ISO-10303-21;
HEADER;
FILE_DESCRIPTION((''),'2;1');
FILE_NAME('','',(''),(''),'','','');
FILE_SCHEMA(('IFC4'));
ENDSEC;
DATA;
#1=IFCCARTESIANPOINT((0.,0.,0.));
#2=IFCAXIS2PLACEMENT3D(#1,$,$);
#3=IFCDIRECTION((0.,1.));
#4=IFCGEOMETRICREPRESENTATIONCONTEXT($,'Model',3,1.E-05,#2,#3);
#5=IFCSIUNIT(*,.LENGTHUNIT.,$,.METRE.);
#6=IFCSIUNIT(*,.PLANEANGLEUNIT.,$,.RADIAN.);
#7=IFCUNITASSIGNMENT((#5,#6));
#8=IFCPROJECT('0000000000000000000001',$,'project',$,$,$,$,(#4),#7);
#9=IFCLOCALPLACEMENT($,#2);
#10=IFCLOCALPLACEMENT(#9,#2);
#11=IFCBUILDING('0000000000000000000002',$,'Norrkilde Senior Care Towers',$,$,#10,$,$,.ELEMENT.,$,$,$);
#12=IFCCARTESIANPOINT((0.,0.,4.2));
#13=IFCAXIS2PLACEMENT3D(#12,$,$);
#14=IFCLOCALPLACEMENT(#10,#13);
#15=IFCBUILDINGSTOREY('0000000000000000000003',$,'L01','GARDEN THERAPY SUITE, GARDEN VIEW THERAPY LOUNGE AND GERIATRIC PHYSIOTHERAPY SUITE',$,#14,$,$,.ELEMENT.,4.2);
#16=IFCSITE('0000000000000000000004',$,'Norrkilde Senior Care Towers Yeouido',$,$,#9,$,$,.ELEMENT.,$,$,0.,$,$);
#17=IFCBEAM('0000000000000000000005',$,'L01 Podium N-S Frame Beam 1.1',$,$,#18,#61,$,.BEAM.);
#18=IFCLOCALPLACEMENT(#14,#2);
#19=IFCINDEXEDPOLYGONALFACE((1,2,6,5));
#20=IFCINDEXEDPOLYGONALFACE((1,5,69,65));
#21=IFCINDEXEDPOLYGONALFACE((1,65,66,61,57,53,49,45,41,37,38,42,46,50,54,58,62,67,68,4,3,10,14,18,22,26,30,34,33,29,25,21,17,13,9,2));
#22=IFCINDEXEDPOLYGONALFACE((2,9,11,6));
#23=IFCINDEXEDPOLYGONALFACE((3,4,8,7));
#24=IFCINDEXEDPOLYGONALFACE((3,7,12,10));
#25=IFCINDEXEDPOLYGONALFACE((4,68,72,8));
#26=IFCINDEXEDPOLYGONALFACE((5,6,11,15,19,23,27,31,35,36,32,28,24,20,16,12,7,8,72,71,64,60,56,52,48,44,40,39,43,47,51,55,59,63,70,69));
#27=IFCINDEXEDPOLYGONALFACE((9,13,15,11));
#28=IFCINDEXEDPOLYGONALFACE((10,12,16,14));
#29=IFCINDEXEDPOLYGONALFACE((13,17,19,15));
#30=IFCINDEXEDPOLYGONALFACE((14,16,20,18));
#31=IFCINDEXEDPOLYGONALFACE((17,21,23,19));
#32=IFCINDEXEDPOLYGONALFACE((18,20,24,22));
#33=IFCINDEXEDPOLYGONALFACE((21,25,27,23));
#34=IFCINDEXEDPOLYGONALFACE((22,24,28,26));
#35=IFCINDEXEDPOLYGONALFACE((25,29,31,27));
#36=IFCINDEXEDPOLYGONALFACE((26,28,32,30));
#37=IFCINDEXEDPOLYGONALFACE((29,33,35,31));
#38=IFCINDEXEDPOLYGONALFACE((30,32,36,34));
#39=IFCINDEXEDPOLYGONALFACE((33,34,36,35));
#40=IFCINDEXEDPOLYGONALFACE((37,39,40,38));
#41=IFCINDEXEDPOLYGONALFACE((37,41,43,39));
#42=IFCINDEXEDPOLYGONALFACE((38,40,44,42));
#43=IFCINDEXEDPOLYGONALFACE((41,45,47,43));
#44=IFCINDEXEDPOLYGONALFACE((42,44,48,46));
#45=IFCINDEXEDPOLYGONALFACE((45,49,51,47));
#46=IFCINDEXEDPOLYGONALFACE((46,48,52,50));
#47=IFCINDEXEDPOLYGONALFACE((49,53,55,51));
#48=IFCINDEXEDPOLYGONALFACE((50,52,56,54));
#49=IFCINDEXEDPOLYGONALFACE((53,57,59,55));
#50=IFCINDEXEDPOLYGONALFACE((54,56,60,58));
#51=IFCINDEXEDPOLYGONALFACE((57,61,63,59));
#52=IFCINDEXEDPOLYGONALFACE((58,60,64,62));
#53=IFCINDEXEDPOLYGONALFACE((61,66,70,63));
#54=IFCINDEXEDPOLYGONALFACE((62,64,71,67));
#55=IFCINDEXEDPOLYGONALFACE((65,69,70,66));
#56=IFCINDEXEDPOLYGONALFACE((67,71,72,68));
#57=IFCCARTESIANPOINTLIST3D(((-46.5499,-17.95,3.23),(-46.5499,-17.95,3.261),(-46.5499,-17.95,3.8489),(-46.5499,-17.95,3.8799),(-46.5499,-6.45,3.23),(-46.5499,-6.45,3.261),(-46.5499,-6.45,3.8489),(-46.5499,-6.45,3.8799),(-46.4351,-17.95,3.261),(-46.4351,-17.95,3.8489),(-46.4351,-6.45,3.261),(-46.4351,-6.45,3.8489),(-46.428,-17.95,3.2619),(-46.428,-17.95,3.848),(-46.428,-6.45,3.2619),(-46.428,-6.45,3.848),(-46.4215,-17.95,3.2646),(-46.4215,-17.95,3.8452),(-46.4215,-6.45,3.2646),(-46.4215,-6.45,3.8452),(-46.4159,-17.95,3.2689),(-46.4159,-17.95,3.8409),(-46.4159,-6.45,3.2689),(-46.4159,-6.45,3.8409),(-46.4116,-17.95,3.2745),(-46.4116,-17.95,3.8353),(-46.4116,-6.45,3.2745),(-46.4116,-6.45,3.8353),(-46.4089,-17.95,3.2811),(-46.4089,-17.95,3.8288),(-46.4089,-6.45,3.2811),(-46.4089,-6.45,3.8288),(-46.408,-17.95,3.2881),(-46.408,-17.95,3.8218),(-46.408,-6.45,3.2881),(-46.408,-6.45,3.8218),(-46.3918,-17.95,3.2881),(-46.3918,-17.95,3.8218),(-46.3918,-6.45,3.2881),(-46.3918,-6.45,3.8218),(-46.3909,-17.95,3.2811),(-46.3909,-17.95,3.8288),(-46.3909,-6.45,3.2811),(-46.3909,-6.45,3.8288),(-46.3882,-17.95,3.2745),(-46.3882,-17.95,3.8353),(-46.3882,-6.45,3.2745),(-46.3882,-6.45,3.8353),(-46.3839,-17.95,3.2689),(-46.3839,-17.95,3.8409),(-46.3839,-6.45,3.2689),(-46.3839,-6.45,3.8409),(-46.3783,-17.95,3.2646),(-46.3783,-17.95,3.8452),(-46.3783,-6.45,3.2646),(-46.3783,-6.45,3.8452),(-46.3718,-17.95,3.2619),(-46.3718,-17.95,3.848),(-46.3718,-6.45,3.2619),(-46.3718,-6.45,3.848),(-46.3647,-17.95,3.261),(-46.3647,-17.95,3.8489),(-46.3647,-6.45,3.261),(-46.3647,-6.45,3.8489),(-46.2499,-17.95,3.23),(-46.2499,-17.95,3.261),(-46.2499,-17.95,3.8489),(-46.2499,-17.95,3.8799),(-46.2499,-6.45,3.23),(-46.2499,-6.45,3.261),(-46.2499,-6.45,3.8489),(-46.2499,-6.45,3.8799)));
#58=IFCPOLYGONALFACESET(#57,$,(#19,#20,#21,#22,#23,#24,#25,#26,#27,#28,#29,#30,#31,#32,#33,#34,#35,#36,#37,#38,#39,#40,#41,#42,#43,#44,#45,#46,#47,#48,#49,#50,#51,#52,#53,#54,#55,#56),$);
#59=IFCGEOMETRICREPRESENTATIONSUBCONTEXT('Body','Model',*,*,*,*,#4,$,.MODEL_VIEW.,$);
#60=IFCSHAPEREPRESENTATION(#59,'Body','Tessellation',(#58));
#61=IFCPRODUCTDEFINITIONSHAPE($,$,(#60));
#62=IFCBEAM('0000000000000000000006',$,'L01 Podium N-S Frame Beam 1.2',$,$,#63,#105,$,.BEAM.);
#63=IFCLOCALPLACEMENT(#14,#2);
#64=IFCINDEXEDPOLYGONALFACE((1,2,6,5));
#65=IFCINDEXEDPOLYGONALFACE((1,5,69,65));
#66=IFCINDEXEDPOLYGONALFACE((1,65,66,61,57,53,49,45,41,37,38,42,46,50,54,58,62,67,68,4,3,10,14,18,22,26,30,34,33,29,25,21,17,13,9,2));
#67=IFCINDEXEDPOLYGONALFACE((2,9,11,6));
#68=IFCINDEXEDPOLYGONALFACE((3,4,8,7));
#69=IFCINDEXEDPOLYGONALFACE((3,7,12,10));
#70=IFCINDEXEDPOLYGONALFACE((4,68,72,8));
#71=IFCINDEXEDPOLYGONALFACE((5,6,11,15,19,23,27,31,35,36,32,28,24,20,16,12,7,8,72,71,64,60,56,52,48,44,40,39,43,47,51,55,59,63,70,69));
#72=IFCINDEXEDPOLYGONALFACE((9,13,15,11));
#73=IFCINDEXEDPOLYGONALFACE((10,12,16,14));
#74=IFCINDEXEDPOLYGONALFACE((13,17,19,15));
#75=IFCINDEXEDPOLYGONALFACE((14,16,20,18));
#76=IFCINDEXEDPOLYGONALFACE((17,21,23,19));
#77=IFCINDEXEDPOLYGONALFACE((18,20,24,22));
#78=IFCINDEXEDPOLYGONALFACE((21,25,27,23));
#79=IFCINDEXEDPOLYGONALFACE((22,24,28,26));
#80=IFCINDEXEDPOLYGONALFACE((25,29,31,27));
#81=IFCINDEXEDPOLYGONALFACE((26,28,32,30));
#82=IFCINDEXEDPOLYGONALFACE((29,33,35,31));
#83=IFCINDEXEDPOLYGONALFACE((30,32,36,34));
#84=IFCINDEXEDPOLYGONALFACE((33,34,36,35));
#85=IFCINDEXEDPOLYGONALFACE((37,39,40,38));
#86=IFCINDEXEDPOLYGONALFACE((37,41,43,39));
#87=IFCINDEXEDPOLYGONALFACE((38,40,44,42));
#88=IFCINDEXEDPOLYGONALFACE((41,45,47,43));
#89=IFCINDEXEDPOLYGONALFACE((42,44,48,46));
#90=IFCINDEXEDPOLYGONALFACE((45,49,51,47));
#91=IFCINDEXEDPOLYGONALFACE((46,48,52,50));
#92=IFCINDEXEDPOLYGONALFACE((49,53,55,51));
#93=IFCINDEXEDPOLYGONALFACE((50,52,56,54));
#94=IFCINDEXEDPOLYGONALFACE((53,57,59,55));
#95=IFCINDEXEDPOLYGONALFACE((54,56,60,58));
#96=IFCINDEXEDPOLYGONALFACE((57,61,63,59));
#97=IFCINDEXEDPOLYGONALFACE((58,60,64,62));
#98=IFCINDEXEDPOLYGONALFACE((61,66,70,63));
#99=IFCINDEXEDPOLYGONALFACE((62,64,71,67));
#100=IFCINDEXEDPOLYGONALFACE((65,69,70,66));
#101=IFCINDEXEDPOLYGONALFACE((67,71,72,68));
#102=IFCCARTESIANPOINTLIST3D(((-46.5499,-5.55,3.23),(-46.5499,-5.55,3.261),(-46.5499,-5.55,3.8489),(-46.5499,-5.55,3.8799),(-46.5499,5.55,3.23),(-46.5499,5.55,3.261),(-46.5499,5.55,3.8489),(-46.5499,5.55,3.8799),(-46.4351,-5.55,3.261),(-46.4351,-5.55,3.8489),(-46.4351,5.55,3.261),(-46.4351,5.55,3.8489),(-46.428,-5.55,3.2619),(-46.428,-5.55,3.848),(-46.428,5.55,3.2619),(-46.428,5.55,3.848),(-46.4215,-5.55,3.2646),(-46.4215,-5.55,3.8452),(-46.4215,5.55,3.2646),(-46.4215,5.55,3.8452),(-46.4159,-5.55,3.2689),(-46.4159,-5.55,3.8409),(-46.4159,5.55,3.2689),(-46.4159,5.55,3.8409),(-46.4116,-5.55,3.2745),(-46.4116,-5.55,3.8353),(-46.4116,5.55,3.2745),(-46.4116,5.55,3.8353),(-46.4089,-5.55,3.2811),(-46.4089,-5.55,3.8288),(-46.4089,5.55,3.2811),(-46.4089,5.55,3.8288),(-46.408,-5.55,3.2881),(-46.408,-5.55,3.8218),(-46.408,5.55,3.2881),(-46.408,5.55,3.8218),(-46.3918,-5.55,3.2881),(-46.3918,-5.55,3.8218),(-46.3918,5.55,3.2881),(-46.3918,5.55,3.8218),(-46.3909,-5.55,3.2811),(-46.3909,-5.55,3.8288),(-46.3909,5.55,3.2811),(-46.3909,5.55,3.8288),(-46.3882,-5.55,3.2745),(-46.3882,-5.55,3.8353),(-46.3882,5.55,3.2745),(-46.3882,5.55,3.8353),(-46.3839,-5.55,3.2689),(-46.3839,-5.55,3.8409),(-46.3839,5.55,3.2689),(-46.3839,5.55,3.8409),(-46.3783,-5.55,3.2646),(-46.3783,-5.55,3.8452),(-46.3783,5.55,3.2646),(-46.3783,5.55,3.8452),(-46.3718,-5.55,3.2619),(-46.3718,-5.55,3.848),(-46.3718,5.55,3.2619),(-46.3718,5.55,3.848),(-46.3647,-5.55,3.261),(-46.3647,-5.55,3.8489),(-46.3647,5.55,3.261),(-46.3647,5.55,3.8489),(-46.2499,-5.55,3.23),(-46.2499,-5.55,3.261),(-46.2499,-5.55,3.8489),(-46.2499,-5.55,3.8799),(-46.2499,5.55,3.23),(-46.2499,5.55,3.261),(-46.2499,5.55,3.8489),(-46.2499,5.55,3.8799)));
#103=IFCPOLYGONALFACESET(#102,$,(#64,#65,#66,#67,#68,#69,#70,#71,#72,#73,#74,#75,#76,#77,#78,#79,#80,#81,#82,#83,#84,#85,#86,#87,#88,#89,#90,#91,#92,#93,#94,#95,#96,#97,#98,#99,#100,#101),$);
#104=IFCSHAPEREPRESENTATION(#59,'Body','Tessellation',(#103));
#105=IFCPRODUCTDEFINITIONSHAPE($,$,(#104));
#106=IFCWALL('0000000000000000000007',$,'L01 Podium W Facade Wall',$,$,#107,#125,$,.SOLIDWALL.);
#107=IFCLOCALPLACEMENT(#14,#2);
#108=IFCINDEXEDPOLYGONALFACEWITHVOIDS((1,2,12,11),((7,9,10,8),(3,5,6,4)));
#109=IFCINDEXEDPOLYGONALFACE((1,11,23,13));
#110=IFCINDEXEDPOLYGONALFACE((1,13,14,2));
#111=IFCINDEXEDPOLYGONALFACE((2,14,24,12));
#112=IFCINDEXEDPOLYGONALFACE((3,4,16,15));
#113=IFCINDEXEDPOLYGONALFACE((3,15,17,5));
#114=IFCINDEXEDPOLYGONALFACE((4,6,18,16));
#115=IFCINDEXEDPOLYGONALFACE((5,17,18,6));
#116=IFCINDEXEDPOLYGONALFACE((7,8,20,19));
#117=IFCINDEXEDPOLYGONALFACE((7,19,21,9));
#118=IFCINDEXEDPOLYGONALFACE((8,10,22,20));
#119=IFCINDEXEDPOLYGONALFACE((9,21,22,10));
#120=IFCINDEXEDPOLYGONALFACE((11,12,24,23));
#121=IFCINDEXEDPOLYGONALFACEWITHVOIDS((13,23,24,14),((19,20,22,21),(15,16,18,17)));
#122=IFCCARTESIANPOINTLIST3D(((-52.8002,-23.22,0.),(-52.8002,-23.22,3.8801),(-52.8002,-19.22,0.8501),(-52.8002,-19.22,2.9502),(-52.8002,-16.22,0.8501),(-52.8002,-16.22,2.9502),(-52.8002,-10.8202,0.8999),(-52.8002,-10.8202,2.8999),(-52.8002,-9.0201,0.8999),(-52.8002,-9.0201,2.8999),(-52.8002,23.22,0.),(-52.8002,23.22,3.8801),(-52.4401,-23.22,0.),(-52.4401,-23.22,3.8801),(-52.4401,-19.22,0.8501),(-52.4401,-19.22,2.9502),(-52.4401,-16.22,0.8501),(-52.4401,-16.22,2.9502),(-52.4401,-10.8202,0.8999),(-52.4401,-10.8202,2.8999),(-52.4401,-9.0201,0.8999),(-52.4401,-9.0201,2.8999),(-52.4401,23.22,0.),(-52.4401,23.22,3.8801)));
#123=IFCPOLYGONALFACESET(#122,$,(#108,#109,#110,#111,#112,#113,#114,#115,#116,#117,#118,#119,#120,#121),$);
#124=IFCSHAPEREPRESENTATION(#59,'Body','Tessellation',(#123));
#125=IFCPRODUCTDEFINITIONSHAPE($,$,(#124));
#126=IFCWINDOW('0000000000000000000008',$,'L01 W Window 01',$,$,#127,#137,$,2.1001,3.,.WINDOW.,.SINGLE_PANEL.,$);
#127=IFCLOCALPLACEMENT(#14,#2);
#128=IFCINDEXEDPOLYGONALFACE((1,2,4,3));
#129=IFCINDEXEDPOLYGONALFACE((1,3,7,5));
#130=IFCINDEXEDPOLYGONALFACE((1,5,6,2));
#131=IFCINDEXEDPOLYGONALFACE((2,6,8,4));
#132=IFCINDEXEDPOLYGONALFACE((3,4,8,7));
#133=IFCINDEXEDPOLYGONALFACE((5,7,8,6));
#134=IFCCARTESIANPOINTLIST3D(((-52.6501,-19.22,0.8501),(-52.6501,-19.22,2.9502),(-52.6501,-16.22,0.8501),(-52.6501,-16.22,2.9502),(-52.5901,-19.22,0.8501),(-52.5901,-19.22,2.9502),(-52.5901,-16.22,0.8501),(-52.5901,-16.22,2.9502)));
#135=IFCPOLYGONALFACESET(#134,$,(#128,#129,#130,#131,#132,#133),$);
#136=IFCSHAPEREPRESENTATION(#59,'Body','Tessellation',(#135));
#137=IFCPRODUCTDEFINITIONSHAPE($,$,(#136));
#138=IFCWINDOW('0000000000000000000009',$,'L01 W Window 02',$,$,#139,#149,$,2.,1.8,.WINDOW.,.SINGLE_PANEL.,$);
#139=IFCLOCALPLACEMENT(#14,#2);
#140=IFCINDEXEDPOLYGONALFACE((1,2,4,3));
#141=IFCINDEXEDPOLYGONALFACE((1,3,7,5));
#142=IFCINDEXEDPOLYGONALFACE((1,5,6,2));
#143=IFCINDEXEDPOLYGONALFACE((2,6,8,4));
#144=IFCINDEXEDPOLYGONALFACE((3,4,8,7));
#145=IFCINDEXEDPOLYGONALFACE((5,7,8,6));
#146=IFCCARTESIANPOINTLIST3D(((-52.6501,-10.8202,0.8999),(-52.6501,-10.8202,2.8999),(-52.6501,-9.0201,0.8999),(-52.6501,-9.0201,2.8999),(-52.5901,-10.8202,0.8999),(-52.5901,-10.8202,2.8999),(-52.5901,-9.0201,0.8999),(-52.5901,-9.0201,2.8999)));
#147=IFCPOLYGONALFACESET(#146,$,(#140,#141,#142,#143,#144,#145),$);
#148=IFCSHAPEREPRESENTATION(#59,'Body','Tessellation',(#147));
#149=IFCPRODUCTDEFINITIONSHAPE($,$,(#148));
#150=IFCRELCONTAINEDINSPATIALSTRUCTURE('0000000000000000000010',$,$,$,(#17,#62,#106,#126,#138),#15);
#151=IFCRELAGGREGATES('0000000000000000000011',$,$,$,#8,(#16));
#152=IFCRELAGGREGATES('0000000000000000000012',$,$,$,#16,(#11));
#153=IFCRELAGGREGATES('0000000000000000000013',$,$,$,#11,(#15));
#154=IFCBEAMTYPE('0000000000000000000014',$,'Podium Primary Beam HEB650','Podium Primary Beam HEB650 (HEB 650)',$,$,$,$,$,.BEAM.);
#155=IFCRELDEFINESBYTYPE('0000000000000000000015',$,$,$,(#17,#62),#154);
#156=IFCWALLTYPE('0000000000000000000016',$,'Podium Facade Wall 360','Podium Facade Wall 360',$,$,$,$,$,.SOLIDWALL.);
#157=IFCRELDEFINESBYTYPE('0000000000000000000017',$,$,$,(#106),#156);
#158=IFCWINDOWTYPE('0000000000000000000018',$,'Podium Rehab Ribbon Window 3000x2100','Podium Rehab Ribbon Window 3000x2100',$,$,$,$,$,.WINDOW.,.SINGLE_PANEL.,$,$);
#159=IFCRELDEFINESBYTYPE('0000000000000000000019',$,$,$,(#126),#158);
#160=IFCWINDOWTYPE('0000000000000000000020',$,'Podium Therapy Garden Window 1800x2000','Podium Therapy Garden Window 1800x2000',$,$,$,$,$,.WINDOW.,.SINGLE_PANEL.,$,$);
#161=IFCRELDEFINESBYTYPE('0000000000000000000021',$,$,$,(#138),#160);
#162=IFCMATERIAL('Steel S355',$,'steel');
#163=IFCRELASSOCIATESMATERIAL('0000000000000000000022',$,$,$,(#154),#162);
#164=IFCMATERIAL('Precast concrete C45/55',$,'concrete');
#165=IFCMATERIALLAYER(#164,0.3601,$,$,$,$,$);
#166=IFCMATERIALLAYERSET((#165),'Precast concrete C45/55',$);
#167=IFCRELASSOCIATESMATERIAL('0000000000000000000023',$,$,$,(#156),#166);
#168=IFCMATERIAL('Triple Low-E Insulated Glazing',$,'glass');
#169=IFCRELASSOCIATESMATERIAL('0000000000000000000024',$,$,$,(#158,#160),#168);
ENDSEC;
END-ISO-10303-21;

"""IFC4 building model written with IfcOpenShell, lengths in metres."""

from ifc_helpers import new_model, si_unit, direction, frame, frame_2d, origin, origin_2d, place, context, subcontext, project, spatial, rectangle, i_section, extrude, source, transform, mapped, material, layer, layer_set, material_profile, profile_set, type_object, type_shapes, element, fill, save


model = new_model("IFC4")

# Units and contexts
model_context = context("Model", 3, precision=1e-05, world=origin(), true_north=direction((0.0, 1.0)))
body_context = subcontext(model_context, "Body", "Model", "MODEL_VIEW")
ifc_project = project(units=[si_unit("LENGTHUNIT", "METRE"), si_unit("PLANEANGLEUNIT", "RADIAN")], contexts=[model_context])

# Site, building, storey
site_placement = place(None, origin())
site = spatial("IfcSite", under=ifc_project, at=site_placement, Name="Norrkilde Senior Care Towers Yeouido", CompositionType="ELEMENT", RefElevation=0.0)
building_placement = place(site_placement, origin())
building = spatial("IfcBuilding", under=site, at=building_placement, Name="Norrkilde Senior Care Towers", CompositionType="ELEMENT")
storey_placement = place(building_placement, frame((0.0, 0.0, 4.2)))
storey = spatial("IfcBuildingStorey", under=building, at=storey_placement, Name="L01", Description="GARDEN THERAPY SUITE, GARDEN VIEW THERAPY LOUNGE AND GERIATRIC PHYSIOTHERAPY SUITE", CompositionType="ELEMENT", Elevation=4.2)

# Beams
ifc_material_1 = material(Name="Steel S355", Category="steel")
ifc_material_profile_1 = material_profile(ifc_material_1, i_section(OverallWidth=0.3, OverallDepth=0.6499, WebThickness=0.0161, FlangeThickness=0.031, FilletRadius=0.0271, at=origin_2d()), Name="HEB 650")
ifc_profile_set_1 = profile_set([ifc_material_profile_1], Name="Steel S355")
beam_type_1 = type_object("IfcBeamType", Name="Podium Primary Beam HEB650", Description="Podium Primary Beam HEB650 (HEB 650)", PredefinedType="BEAM", material=ifc_profile_set_1)
shared_shape_1 = source(origin(), body_context, "Body", "SweptSolid", [
    extrude(i_section(OverallWidth=0.3, OverallDepth=0.6499, WebThickness=0.0161, FlangeThickness=0.031, FilletRadius=0.0271, at=origin_2d()), origin(), (0.0, 0.0, 1.0), 11.5),
])
beam_1_placement = place(storey_placement, frame((-46.3999, -17.95, 3.5549), z_axis=(0.0, 1.0, 0.0), x_axis=(-1.0, 0.0, 0.0)))
element("IfcBeam", 1, at=beam_1_placement, inside=storey, type_object=beam_type_1, Name="L01 Podium N-S Frame Beam 1.1", PredefinedType="BEAM", context=body_context, shape_type="MappedRepresentation", body=[
    mapped(shared_shape_1, transform((0.0, 0.0, 0.0), x_axis=(1.0, 0.0, 0.0), y_axis=(0.0, 1.0, 0.0), z_axis=(0.0, 0.0, 1.0), scale=1.0)),
])
shared_shape_2 = source(origin(), body_context, "Body", "SweptSolid", [
    extrude(i_section(OverallWidth=0.3, OverallDepth=0.6499, WebThickness=0.0161, FlangeThickness=0.031, FilletRadius=0.0271, at=origin_2d()), origin(), (0.0, 0.0, 1.0), 11.1001),
])
beam_2_placement = place(storey_placement, frame((-46.3999, -5.55, 3.5549), z_axis=(0.0, 1.0, 0.0), x_axis=(-1.0, 0.0, 0.0)))
element("IfcBeam", 2, at=beam_2_placement, inside=storey, type_object=beam_type_1, Name="L01 Podium N-S Frame Beam 1.2", PredefinedType="BEAM", context=body_context, shape_type="MappedRepresentation", body=[
    mapped(shared_shape_2, transform((0.0, 0.0, 0.0), x_axis=(1.0, 0.0, 0.0), y_axis=(0.0, 1.0, 0.0), z_axis=(0.0, 0.0, 1.0), scale=1.0)),
])

# Wall, openings, windows
ifc_material_2 = material(Name="Precast concrete C45/55", Category="concrete")
ifc_layer_1 = layer(ifc_material_2, 0.3601)
ifc_layer_set_1 = layer_set([ifc_layer_1], Name="Precast concrete C45/55")
wall_type_1 = type_object("IfcWallType", Name="Podium Facade Wall 360", Description="Podium Facade Wall 360", PredefinedType="SOLIDWALL", material=ifc_layer_set_1)
shared_shape_3 = source(origin(), body_context, "Body", "SweptSolid", [
    extrude(rectangle(XDim=46.4399, YDim=0.3601, at=frame_2d((23.22, 0.0))), origin(), (0.0, 0.0, 1.0), 3.8801),
])
type_shapes(wall_type_1, [shared_shape_3])
wall_1_placement = place(storey_placement, frame((-52.6201, -23.22, 0.0), z_axis=(0.0, 0.0, 1.0), x_axis=(0.0, 1.0, 0.0)))
wall_1 = element("IfcWall", 3, at=wall_1_placement, inside=storey, type_object=wall_type_1, Name="L01 Podium W Facade Wall", PredefinedType="SOLIDWALL", context=body_context, shape_type="MappedRepresentation", body=[
    mapped(shared_shape_3, transform((0.0, 0.0, 0.0), x_axis=(1.0, 0.0, 0.0), y_axis=(0.0, 1.0, 0.0), z_axis=(0.0, 0.0, 1.0), scale=1.0)),
])
opening_1_placement = place(wall_1_placement, frame((4.0, 0.0, 0.8501)))
opening_1 = element("IfcOpeningElement", 4, at=opening_1_placement, cuts=wall_1, PredefinedType="OPENING", context=body_context, shape_type="SweptSolid", body=[
    extrude(rectangle(XDim=3.0, YDim=2.1001, at=frame_2d((1.5, 1.05))), frame((0.0, 0.1899, 0.0), z_axis=(0.0, -1.0, 0.0), x_axis=(1.0, 0.0, 0.0)), (0.0, 0.0, 1.0), 0.3801),
])
opening_2_placement = place(wall_1_placement, frame((12.3999, 0.0, 0.8999)))
opening_2 = element("IfcOpeningElement", 5, at=opening_2_placement, cuts=wall_1, PredefinedType="OPENING", context=body_context, shape_type="SweptSolid", body=[
    extrude(rectangle(XDim=1.8, YDim=2.0, at=frame_2d((0.8999, 1.0))), frame((0.0, 0.1899, 0.0), z_axis=(0.0, -1.0, 0.0), x_axis=(1.0, 0.0, 0.0)), (0.0, 0.0, 1.0), 0.3801),
])
ifc_material_3 = material(Name="Triple Low-E Insulated Glazing", Category="glass")
window_type_1 = type_object("IfcWindowType", Name="Podium Rehab Ribbon Window 3000x2100", Description="Podium Rehab Ribbon Window 3000x2100", PartitioningType="SINGLE_PANEL", PredefinedType="WINDOW", material=ifc_material_3)
shared_shape_4 = source(origin(), body_context, "Body", "SweptSolid", [
    extrude(rectangle(XDim=3.0, YDim=2.1001, at=frame_2d((1.5, 1.05))), frame((0.0, 0.03, 0.0), z_axis=(0.0, -1.0, 0.0), x_axis=(1.0, 0.0, 0.0)), (0.0, 0.0, 1.0), 0.0601),
])
type_shapes(window_type_1, [shared_shape_4])
window_1_placement = place(opening_1_placement, origin())
window_1 = element("IfcWindow", 6, at=window_1_placement, inside=storey, type_object=window_type_1, Name="L01 W Window 01", OverallHeight=2.1001, OverallWidth=3.0, PartitioningType="SINGLE_PANEL", PredefinedType="WINDOW", context=body_context, shape_type="MappedRepresentation", body=[
    mapped(shared_shape_4, transform((0.0, 0.0, 0.0), x_axis=(1.0, 0.0, 0.0), y_axis=(0.0, 1.0, 0.0), z_axis=(0.0, 0.0, 1.0), scale=1.0)),
])
fill(opening_1, window_1)
window_type_2 = type_object("IfcWindowType", Name="Podium Therapy Garden Window 1800x2000", Description="Podium Therapy Garden Window 1800x2000", PartitioningType="SINGLE_PANEL", PredefinedType="WINDOW", material=ifc_material_3)
shared_shape_5 = source(origin(), body_context, "Body", "SweptSolid", [
    extrude(rectangle(XDim=1.8, YDim=2.0, at=frame_2d((0.8999, 1.0))), frame((0.0, 0.03, 0.0), z_axis=(0.0, -1.0, 0.0), x_axis=(1.0, 0.0, 0.0)), (0.0, 0.0, 1.0), 0.0601),
])
type_shapes(window_type_2, [shared_shape_5])
window_2_placement = place(opening_2_placement, origin())
window_2 = element("IfcWindow", 7, at=window_2_placement, inside=storey, type_object=window_type_2, Name="L01 W Window 02", OverallHeight=2.0, OverallWidth=1.8, PartitioningType="SINGLE_PANEL", PredefinedType="WINDOW", context=body_context, shape_type="MappedRepresentation", body=[
    mapped(shared_shape_5, transform((0.0, 0.0, 0.0), x_axis=(1.0, 0.0, 0.0), y_axis=(0.0, 1.0, 0.0), z_axis=(0.0, 0.0, 1.0), scale=1.0)),
])
fill(opening_2, window_2)

save(model, "model.ifc")
